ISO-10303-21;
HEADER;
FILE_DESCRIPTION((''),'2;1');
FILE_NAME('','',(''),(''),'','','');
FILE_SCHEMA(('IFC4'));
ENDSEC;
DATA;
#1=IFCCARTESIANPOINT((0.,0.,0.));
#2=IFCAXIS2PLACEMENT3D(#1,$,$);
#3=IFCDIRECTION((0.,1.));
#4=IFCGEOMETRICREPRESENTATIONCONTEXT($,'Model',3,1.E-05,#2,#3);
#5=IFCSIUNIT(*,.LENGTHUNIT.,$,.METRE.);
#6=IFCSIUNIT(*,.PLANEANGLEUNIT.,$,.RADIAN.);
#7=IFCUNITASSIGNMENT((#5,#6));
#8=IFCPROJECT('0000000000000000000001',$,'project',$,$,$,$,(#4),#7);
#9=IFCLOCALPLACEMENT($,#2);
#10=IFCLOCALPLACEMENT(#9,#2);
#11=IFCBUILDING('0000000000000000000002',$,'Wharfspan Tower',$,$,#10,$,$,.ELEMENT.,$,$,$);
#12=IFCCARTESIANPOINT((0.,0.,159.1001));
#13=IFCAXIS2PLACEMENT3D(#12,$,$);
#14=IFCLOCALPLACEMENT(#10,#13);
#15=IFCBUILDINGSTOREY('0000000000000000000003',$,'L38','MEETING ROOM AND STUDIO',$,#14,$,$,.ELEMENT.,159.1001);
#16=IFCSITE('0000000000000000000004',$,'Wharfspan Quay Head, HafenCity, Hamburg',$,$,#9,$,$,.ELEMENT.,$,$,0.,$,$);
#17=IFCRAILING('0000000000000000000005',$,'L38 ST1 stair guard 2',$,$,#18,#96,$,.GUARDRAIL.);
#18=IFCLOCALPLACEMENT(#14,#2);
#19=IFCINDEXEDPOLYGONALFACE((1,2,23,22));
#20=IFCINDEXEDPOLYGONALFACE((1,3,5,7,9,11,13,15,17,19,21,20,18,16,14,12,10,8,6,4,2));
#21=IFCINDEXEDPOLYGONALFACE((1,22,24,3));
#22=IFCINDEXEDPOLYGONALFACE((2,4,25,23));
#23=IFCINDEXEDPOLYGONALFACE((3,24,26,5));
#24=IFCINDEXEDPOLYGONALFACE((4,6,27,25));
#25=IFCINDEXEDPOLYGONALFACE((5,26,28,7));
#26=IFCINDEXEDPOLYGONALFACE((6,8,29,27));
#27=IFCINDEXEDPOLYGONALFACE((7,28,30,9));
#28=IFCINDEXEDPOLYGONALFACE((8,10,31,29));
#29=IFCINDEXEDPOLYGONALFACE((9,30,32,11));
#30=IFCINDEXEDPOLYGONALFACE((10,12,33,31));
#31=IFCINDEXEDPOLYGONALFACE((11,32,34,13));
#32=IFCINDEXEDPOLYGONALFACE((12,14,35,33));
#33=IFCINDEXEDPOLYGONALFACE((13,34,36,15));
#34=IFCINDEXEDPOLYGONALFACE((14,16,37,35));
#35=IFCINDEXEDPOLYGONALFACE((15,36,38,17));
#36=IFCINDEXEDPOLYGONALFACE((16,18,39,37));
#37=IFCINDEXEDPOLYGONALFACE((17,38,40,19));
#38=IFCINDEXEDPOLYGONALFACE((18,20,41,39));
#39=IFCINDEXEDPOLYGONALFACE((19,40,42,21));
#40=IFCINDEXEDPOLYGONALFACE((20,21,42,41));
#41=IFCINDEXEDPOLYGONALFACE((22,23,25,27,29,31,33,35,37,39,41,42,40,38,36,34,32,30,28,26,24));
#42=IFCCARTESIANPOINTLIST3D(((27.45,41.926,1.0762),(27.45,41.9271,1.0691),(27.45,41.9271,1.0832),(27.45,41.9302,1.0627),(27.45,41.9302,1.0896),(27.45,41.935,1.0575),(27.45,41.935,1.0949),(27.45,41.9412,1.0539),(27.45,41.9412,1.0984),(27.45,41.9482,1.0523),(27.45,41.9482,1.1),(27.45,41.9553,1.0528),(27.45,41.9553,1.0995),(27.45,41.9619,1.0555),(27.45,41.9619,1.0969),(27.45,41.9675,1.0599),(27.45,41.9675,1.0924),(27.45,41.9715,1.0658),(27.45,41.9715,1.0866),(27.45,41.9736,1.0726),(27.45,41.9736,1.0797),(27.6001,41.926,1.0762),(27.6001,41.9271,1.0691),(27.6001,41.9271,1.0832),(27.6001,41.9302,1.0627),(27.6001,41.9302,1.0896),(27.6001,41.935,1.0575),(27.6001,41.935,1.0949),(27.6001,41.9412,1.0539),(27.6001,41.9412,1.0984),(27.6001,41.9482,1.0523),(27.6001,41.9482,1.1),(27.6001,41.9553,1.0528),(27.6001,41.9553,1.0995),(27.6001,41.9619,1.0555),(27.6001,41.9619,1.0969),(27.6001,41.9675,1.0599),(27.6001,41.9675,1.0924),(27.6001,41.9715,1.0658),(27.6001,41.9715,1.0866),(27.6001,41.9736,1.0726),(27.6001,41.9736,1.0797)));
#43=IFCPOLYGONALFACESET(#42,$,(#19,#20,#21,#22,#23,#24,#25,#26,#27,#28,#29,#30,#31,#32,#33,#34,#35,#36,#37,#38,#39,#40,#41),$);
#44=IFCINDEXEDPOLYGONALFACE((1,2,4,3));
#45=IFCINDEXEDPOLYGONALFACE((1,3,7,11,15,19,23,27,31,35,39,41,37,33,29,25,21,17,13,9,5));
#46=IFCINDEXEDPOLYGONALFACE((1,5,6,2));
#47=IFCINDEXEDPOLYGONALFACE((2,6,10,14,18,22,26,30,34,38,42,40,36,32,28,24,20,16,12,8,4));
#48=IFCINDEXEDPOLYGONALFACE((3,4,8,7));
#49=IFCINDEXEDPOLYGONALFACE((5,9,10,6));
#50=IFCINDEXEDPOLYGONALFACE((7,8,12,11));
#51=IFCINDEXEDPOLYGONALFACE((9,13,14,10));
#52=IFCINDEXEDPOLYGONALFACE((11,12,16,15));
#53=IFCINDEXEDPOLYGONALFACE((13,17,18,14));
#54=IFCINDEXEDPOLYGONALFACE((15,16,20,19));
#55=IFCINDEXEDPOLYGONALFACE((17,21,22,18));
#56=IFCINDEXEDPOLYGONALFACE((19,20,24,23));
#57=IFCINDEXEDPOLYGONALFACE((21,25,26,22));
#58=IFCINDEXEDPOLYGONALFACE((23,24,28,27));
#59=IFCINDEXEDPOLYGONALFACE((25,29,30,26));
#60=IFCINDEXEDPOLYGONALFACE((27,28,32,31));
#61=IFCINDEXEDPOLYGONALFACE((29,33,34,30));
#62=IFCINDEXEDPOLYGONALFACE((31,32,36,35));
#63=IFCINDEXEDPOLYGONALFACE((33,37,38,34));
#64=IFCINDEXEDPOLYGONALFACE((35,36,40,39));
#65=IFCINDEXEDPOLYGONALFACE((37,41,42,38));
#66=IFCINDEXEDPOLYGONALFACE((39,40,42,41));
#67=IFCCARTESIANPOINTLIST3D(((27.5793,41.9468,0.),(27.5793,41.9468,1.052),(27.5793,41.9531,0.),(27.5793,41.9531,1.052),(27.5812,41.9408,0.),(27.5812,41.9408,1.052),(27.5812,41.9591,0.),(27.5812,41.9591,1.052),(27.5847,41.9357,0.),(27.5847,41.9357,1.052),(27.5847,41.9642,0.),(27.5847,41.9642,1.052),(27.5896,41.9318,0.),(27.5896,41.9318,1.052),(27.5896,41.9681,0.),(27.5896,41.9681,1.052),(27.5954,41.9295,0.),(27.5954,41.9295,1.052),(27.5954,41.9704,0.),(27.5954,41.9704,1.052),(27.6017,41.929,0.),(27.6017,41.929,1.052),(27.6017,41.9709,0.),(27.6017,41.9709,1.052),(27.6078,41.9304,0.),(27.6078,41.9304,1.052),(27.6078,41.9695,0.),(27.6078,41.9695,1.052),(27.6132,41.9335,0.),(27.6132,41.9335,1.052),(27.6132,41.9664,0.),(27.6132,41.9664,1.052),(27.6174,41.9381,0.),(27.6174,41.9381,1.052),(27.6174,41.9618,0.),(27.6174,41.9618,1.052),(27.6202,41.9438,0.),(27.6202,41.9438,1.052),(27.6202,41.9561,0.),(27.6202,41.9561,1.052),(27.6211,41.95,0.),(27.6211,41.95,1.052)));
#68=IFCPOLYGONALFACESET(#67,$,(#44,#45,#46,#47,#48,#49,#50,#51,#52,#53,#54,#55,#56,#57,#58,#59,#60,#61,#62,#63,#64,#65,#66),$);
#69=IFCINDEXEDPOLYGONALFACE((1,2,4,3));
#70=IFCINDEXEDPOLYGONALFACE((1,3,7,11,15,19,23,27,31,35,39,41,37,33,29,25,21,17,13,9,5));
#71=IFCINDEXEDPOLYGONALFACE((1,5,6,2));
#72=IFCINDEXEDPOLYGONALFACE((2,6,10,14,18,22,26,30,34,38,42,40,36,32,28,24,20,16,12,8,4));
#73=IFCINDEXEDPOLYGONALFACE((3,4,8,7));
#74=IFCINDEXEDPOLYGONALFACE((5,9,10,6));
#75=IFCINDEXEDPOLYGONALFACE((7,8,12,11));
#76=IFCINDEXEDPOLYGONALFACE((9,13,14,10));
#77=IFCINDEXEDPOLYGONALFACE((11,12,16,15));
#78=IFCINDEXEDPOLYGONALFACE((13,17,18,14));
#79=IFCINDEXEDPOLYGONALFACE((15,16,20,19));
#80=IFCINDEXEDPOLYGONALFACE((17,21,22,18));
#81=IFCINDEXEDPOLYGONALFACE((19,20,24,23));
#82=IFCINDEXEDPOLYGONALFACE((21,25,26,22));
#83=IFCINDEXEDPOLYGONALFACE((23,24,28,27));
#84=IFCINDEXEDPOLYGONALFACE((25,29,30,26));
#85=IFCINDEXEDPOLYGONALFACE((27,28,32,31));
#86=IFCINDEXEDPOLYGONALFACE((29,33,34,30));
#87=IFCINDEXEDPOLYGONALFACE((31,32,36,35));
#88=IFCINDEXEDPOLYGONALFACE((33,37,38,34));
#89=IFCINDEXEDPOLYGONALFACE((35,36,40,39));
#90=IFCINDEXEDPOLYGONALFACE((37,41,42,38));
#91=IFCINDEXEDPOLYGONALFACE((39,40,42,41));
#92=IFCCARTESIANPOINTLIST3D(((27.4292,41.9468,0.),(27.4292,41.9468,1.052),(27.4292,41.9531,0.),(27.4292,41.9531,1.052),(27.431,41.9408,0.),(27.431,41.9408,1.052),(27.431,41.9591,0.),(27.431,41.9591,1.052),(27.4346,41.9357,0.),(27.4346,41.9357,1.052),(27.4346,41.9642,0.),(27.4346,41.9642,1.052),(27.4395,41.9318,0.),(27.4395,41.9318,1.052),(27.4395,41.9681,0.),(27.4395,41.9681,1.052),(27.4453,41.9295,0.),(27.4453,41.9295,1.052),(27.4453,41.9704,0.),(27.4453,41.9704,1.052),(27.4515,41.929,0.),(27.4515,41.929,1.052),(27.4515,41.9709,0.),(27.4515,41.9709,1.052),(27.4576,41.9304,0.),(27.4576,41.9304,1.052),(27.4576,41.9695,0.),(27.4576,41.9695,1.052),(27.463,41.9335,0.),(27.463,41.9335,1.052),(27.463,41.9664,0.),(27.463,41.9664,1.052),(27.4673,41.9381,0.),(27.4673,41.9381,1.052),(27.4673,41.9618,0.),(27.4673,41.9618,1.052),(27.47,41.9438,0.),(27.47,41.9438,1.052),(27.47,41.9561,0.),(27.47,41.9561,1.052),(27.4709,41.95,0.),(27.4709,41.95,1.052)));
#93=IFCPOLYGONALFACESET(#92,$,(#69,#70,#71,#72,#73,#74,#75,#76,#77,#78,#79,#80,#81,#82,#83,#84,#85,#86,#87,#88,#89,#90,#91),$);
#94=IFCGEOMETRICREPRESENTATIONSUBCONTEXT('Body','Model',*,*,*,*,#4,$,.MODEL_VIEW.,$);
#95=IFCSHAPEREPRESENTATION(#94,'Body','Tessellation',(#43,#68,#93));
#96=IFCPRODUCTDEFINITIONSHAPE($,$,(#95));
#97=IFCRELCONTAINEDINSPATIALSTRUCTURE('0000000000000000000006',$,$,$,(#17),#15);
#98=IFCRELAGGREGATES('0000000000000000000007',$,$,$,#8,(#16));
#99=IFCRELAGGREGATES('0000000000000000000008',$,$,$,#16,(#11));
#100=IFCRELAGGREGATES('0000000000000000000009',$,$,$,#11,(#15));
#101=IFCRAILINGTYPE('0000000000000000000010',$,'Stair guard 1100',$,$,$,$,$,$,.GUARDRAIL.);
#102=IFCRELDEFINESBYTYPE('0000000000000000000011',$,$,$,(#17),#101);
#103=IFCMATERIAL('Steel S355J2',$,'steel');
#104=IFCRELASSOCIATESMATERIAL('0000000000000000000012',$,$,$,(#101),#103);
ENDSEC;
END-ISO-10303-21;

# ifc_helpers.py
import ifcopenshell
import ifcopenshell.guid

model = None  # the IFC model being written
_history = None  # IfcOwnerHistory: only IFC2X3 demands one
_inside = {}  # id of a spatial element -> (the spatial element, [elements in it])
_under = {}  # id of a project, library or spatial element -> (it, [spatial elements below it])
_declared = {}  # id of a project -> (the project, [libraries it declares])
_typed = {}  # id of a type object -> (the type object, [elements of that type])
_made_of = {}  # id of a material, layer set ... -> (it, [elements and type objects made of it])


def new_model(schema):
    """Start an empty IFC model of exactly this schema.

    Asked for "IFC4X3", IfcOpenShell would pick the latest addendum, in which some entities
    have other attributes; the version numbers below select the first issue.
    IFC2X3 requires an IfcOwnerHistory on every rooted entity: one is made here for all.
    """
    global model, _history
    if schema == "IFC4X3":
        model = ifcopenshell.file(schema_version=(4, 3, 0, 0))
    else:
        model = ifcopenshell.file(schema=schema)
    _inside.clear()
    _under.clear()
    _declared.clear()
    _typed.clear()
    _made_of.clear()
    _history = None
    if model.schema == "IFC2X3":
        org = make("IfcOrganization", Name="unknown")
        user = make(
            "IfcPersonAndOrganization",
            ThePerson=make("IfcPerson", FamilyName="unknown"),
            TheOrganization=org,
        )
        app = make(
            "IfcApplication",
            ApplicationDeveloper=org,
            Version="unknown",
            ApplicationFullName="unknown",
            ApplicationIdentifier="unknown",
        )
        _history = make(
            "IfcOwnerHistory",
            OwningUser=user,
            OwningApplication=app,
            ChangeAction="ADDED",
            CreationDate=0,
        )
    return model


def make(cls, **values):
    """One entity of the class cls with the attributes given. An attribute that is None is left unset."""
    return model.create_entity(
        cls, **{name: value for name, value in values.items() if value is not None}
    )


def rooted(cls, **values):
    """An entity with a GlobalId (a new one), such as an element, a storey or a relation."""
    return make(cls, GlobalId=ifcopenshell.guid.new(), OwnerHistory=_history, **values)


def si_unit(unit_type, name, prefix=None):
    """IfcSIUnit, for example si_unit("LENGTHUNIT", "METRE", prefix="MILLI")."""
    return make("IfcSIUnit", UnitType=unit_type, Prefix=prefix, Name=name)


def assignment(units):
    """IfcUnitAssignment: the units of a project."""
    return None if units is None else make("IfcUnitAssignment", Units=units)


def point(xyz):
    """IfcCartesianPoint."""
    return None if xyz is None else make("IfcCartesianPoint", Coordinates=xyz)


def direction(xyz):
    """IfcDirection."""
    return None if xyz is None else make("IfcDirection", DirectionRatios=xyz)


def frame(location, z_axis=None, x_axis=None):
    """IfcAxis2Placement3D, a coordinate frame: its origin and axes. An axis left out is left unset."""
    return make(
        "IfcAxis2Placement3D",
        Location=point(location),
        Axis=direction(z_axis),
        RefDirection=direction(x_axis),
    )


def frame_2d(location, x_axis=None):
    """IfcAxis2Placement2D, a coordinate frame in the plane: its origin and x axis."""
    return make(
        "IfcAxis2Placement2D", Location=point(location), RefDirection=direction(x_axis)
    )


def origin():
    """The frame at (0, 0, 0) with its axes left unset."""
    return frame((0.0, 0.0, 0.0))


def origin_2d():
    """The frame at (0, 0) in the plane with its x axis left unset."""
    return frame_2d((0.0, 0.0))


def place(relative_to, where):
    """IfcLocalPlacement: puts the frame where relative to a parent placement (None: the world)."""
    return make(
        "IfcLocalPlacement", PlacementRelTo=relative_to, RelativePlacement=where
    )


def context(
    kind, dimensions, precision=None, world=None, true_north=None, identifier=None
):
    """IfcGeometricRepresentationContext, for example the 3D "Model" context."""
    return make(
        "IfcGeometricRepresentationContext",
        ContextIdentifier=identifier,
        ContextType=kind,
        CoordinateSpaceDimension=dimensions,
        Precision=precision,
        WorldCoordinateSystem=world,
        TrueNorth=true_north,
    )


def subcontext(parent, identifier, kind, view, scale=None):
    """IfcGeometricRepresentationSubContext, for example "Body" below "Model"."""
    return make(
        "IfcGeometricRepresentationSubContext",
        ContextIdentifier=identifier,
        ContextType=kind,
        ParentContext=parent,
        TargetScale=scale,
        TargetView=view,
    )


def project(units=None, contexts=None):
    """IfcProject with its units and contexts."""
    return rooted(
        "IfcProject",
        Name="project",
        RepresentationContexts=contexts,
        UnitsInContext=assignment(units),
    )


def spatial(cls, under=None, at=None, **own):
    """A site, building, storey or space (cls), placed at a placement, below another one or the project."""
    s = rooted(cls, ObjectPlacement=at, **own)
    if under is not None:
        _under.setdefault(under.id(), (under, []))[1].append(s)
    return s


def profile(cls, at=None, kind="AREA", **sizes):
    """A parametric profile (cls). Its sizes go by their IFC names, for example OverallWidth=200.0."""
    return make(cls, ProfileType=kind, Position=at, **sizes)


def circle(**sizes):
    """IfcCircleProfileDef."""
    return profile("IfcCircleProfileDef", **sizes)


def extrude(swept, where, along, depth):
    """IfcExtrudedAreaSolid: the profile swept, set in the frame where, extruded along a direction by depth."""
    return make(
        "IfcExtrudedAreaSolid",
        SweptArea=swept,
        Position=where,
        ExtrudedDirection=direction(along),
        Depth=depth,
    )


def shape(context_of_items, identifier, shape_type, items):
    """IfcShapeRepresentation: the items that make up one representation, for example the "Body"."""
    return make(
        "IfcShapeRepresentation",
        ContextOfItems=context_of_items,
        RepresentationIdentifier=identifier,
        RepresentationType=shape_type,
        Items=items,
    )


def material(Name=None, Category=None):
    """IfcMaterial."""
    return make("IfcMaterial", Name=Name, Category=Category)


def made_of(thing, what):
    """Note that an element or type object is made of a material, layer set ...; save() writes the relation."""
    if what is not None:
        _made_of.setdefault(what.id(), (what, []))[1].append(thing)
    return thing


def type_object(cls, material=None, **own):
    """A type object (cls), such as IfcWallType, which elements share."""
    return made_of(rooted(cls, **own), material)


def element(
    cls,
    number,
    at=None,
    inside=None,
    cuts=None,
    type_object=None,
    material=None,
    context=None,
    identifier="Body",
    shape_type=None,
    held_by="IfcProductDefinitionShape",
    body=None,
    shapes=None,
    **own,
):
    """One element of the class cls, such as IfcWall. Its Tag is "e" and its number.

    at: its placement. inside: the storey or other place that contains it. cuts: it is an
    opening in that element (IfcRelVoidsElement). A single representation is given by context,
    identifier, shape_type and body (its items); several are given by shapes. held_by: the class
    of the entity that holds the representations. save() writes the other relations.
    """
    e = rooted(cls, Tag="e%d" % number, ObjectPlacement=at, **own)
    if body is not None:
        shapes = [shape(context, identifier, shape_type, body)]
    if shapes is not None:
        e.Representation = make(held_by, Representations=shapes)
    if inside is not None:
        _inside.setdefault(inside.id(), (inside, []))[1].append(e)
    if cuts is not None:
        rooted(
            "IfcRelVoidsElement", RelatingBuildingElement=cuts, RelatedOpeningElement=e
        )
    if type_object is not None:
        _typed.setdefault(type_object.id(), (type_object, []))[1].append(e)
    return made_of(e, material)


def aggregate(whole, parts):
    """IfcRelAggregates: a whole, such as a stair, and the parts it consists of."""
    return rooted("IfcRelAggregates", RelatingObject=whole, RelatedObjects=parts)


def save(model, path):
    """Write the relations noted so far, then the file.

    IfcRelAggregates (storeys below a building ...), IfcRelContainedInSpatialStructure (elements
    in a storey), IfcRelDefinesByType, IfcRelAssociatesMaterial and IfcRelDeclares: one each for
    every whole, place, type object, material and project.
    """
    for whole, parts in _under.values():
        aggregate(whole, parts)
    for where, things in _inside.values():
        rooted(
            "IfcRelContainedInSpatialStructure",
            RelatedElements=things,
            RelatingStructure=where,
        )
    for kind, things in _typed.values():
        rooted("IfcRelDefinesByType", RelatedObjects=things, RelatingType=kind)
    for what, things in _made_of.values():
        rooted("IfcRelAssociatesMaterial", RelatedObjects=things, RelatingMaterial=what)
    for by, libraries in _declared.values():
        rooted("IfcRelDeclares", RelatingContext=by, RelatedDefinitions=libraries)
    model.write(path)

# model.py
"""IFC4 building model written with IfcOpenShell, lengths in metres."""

from ifc_helpers import new_model, si_unit, direction, frame, origin, origin_2d, place, context, subcontext, project, spatial, circle, extrude, material, type_object, element, save


model = new_model("IFC4")

# Units and contexts
model_context = context("Model", 3, precision=1e-05, world=origin(), true_north=direction((0.0, 1.0)))
body_context = subcontext(model_context, "Body", "Model", "MODEL_VIEW")
ifc_project = project(units=[si_unit("LENGTHUNIT", "METRE"), si_unit("PLANEANGLEUNIT", "RADIAN")], contexts=[model_context])

# Site, building, storey
site_placement = place(None, origin())
site = spatial("IfcSite", under=ifc_project, at=site_placement, Name="Wharfspan Quay Head, HafenCity, Hamburg", CompositionType="ELEMENT", RefElevation=0.0)
building_placement = place(site_placement, origin())
building = spatial("IfcBuilding", under=site, at=building_placement, Name="Wharfspan Tower", CompositionType="ELEMENT")
storey_placement = place(building_placement, frame((0.0, 0.0, 159.1001)))
storey = spatial("IfcBuildingStorey", under=building, at=storey_placement, Name="L38", Description="MEETING ROOM AND STUDIO", CompositionType="ELEMENT", Elevation=159.1001)

# Shared definitions
ifc_material_1 = material(Name="Steel S355J2", Category="steel")

# Railing
railing_type_1 = type_object("IfcRailingType", Name="Stair guard 1100", PredefinedType="GUARDRAIL", material=ifc_material_1)
railing_1_placement = place(storey_placement, frame((27.6001, 41.95, 0.0)))
element("IfcRailing", 1, at=railing_1_placement, inside=storey, type_object=railing_type_1, Name="L38 ST1 stair guard 2", PredefinedType="GUARDRAIL", context=body_context, shape_type="SweptSolid", body=[
    extrude(circle(Radius=0.0239, at=origin_2d()), frame((0.0, 0.0, 1.0762), z_axis=(-1.0, 0.0, 0.0), x_axis=(0.0, -1.0, 0.0)), (0.0, 0.0, 1.0), 0.1501),
    extrude(circle(Radius=0.021, at=origin_2d()), origin(), (0.0, 0.0, 1.0), 1.052),
    extrude(circle(Radius=0.021, at=origin_2d()), frame((-0.1501, 0.0, 0.0)), (0.0, 0.0, 1.0), 1.052),
])

save(model, "model.ifc")
